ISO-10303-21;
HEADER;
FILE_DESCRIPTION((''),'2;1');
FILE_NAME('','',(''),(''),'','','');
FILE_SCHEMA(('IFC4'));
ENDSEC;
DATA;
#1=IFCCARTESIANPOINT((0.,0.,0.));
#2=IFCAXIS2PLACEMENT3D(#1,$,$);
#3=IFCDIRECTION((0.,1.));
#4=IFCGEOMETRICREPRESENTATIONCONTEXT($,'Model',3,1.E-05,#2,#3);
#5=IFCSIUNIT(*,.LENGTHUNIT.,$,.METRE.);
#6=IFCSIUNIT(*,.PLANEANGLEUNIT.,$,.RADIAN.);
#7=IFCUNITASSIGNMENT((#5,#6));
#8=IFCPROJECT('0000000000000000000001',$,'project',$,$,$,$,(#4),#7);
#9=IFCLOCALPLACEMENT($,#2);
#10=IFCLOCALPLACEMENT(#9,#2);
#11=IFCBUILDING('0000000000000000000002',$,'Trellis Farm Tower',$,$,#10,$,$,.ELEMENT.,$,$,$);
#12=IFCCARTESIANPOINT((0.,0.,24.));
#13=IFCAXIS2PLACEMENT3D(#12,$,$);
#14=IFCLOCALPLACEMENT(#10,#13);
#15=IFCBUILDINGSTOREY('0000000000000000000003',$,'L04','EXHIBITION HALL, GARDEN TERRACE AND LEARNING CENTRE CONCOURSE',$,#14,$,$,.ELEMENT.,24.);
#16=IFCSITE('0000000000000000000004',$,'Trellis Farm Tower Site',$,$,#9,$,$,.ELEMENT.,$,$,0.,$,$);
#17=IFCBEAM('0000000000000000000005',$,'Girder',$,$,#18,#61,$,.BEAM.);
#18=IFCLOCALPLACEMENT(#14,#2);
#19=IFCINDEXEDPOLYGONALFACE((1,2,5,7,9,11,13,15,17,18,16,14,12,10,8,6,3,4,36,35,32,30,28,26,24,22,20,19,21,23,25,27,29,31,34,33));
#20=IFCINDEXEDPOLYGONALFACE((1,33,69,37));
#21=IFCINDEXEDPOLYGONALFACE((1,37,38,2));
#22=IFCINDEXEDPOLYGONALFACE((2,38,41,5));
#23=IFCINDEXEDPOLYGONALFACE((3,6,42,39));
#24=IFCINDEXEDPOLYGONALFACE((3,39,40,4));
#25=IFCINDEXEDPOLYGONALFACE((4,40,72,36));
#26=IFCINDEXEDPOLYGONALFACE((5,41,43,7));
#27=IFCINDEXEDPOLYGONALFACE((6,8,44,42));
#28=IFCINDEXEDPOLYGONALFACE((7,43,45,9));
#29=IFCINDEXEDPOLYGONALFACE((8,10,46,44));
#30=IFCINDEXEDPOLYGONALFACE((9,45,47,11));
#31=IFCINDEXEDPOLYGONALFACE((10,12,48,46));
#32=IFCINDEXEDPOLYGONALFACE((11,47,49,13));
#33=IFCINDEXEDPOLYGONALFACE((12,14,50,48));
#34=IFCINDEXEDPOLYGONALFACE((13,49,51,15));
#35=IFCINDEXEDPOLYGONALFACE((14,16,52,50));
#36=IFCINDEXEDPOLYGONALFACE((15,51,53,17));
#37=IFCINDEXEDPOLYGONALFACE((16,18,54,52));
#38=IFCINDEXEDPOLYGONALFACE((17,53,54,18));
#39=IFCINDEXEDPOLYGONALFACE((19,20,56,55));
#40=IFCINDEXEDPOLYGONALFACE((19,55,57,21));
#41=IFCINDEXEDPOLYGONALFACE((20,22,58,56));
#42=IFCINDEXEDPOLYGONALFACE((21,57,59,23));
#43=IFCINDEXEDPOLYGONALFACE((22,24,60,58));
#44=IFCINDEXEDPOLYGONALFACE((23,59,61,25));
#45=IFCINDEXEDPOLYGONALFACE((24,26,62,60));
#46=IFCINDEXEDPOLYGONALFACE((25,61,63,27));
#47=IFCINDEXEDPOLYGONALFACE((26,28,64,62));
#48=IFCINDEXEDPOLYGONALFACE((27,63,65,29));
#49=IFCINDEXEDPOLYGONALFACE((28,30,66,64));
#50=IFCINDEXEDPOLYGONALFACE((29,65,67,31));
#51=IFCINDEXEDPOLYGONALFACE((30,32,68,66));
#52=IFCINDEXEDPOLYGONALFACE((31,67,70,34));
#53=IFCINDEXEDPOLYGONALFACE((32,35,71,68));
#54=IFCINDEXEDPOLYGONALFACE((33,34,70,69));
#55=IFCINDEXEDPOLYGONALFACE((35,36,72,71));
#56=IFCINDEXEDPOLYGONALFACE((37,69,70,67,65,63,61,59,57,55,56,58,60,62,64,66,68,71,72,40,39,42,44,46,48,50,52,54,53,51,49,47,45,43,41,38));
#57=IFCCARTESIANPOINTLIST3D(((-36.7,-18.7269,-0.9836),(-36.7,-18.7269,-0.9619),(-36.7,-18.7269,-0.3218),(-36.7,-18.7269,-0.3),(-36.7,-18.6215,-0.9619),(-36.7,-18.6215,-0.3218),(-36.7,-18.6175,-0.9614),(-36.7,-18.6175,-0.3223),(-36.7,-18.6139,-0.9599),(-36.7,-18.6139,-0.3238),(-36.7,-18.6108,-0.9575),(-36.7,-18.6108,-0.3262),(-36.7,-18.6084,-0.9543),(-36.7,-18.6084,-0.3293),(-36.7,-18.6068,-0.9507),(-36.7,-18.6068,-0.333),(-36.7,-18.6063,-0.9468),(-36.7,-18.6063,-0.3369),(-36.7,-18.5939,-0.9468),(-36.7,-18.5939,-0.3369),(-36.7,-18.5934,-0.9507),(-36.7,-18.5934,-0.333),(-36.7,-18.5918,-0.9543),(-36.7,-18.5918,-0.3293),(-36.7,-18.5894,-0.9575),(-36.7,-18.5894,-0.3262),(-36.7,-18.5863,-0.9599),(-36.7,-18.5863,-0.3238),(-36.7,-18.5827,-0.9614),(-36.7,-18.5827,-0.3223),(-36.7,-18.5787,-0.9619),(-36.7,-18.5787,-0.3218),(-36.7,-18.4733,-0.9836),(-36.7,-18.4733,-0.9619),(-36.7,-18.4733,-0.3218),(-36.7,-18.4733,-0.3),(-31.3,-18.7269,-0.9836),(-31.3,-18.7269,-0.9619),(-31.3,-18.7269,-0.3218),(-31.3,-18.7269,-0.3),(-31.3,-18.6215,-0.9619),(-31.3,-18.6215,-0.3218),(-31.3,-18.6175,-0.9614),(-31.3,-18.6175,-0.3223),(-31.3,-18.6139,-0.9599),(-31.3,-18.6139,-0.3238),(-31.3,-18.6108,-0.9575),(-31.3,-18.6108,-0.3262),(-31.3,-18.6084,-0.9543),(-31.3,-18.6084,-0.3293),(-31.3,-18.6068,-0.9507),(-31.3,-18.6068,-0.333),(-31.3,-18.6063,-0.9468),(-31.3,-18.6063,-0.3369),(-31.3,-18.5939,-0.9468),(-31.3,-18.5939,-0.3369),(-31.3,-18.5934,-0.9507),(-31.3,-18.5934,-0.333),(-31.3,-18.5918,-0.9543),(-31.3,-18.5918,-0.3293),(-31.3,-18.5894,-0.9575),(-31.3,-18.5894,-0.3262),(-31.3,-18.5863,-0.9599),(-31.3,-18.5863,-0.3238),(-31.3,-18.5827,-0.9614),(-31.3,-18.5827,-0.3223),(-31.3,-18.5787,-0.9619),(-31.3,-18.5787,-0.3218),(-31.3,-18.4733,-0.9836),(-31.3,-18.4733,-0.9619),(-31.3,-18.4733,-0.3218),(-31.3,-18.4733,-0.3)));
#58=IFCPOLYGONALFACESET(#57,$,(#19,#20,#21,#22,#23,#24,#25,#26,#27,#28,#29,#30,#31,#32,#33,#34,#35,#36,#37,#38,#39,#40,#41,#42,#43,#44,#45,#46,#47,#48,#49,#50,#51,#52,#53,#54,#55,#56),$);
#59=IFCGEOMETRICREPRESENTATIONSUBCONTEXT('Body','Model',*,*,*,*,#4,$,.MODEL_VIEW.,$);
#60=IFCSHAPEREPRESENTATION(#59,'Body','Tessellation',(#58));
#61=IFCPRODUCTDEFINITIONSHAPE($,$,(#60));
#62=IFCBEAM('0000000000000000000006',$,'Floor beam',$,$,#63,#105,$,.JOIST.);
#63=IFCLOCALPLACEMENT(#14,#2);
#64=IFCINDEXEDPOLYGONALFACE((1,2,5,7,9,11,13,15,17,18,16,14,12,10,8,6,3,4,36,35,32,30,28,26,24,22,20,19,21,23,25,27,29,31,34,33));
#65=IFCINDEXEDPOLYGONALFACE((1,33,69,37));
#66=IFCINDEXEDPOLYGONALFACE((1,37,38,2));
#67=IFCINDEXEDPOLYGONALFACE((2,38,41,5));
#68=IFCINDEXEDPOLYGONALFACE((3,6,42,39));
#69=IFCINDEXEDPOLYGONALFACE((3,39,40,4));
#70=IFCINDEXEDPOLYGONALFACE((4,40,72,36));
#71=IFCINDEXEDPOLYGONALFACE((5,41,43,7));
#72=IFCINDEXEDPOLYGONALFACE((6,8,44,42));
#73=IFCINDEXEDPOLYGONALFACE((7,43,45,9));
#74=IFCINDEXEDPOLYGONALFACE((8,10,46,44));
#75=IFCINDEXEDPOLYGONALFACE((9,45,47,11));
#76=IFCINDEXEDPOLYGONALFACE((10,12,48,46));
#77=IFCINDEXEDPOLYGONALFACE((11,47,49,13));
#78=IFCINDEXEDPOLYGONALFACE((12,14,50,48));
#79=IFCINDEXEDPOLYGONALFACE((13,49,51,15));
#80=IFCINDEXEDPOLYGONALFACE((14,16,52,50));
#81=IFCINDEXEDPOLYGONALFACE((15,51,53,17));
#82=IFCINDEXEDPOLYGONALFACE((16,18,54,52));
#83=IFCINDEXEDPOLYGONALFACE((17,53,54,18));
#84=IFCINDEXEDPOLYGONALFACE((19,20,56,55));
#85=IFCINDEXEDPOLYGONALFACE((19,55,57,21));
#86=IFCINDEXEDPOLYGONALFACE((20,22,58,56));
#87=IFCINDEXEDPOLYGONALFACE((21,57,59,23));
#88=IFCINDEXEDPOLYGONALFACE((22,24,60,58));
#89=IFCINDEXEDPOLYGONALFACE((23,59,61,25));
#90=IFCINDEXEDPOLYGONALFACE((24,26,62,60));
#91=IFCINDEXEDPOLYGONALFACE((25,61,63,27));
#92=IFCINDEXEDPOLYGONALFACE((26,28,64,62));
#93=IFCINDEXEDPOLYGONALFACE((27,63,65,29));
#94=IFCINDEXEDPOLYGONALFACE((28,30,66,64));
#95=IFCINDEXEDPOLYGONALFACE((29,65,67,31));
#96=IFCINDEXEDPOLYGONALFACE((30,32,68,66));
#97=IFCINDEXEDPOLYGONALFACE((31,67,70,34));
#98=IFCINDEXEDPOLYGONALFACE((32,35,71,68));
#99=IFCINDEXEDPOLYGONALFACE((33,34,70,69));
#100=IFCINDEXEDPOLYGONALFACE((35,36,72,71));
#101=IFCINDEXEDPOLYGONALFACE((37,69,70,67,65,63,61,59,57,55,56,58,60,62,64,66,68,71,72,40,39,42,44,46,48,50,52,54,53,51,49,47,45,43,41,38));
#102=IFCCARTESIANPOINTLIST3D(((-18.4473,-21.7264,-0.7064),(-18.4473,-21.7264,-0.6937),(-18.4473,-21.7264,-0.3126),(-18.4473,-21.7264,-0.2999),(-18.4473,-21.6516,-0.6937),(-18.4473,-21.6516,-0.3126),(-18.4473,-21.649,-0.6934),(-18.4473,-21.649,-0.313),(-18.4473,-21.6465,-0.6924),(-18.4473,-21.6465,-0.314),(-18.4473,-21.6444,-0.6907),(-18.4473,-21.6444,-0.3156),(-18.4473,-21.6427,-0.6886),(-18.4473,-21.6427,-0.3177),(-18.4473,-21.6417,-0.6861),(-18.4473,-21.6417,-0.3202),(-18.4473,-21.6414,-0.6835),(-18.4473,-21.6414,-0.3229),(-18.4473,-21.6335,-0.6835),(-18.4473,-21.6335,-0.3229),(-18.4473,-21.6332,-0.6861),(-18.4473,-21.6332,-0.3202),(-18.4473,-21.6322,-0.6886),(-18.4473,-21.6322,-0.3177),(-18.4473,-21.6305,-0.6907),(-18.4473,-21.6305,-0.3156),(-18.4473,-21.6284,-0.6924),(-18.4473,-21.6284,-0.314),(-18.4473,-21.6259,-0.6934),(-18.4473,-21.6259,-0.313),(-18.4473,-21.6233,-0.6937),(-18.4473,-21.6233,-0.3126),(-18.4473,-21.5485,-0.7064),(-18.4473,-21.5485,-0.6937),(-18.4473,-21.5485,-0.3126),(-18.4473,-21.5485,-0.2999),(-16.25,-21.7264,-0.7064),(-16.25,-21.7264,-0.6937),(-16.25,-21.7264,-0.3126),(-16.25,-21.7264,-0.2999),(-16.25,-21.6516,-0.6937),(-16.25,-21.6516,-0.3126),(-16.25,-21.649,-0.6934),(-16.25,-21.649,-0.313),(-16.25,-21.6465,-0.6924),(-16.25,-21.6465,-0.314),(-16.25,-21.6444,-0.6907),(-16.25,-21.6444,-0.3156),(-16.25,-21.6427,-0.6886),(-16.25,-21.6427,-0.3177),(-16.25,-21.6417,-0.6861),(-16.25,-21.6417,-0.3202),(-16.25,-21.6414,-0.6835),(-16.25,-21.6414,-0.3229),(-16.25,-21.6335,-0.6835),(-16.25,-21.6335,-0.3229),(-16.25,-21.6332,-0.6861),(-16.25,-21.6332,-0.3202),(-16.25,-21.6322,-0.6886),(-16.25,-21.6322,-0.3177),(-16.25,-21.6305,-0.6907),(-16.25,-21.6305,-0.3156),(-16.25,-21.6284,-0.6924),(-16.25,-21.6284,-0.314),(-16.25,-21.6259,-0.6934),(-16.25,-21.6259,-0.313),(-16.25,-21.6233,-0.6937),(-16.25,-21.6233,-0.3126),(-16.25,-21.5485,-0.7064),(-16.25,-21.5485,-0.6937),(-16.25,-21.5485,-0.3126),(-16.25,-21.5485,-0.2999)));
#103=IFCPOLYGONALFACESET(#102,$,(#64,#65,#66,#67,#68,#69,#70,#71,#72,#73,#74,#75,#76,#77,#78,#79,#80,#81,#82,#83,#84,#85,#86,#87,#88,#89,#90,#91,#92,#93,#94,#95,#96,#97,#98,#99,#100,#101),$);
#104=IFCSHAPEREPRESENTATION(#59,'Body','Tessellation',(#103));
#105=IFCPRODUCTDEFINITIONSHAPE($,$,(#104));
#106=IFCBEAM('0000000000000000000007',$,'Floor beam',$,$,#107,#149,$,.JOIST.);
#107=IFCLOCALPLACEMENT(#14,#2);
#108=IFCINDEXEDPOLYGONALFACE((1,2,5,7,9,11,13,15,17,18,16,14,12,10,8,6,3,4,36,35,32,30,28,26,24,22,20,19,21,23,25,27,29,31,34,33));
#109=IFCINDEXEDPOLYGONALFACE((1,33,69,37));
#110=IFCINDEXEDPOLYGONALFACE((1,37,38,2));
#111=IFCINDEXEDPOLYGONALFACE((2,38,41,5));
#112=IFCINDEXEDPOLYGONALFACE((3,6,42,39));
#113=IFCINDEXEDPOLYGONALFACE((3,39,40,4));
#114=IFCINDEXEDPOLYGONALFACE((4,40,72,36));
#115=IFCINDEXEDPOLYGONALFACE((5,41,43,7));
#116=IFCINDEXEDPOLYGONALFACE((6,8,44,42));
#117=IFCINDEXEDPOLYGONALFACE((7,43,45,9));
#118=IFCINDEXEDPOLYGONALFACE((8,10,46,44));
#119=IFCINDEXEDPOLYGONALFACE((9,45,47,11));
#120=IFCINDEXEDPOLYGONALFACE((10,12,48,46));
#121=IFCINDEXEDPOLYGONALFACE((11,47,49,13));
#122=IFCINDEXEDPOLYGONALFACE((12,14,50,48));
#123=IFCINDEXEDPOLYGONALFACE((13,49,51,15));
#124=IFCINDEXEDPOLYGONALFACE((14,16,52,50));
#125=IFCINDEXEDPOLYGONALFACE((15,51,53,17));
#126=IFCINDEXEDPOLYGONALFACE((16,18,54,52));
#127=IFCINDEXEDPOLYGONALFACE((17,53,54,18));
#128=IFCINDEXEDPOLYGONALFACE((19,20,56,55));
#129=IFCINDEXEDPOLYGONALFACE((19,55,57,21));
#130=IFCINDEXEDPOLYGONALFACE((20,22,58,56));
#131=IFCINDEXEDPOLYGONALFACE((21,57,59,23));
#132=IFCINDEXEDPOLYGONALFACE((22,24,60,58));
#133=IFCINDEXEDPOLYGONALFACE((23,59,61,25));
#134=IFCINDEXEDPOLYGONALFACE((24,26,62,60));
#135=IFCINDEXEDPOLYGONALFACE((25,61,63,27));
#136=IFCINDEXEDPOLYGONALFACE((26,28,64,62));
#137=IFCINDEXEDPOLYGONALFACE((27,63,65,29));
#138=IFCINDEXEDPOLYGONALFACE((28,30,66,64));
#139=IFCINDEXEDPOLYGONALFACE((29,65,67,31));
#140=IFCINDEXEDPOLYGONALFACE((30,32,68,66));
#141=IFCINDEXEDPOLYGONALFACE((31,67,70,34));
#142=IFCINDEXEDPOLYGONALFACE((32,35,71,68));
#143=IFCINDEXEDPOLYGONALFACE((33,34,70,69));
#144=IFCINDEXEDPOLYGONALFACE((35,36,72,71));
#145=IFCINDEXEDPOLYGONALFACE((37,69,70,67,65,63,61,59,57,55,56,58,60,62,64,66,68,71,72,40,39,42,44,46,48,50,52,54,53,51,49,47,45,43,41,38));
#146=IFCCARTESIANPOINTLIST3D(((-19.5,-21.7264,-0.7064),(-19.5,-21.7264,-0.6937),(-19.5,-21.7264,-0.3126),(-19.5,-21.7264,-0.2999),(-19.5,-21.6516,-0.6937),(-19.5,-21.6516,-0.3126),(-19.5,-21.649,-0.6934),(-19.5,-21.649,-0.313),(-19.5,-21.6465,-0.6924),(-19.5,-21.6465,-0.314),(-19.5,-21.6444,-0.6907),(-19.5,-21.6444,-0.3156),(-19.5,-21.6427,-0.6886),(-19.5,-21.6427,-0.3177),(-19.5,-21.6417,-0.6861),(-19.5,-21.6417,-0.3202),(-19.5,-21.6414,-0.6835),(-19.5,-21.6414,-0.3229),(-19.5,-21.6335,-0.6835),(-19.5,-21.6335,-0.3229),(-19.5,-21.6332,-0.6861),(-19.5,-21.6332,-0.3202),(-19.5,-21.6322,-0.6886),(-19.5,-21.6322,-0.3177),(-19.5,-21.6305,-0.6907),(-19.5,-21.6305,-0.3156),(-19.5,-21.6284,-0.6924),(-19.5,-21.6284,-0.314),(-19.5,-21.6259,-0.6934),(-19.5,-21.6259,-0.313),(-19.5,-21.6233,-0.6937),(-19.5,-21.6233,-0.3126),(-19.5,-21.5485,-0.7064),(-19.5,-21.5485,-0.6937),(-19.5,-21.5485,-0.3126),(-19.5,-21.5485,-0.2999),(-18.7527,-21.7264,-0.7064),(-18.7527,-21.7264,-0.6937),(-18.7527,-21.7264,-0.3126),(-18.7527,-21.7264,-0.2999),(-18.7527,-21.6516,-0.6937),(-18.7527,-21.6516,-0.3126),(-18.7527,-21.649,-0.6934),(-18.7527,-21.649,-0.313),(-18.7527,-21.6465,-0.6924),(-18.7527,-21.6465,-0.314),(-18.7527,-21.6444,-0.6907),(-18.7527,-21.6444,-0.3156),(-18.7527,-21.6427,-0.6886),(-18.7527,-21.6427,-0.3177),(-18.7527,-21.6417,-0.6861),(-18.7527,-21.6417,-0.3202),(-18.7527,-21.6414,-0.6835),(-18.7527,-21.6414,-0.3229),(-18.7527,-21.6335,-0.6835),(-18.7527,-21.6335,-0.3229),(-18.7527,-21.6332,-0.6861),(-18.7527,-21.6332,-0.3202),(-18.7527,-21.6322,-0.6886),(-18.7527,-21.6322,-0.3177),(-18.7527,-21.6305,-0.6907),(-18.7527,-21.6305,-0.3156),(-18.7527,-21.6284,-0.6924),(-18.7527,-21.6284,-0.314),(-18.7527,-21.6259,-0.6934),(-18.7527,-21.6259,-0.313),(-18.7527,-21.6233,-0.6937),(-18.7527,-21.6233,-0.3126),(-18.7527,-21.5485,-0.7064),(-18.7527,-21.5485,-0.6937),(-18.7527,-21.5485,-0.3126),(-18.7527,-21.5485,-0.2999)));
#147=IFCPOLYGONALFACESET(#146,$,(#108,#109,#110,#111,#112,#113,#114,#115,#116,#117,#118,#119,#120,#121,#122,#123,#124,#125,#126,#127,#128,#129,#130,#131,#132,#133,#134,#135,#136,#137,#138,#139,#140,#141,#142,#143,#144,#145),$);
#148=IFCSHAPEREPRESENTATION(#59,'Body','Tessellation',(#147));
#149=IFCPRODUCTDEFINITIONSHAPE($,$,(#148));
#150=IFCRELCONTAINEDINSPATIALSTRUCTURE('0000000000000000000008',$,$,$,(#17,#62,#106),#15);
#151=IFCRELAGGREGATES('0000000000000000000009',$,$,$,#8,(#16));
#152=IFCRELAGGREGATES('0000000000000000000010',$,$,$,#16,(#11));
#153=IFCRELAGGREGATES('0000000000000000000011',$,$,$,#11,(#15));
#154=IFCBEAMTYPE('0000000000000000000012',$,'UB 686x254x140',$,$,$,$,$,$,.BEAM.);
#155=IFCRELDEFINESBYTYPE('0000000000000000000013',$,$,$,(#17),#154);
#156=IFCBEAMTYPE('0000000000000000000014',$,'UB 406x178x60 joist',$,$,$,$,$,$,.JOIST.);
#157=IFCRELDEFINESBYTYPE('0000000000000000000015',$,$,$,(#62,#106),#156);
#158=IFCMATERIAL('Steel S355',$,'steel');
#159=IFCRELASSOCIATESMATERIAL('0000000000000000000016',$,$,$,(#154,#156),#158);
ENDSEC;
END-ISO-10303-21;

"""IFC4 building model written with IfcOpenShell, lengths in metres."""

from ifc_helpers import new_model, si_unit, direction, frame, origin, origin_2d, place, context, subcontext, project, spatial, i_section, extrude, source, transform, mapped, material, material_profile, profile_set, type_object, element, save


model = new_model("IFC4")

# Units and contexts
model_context = context("Model", 3, precision=1e-05, world=origin(), true_north=direction((0.0, 1.0)))
body_context = subcontext(model_context, "Body", "Model", "MODEL_VIEW")
ifc_project = project(units=[si_unit("LENGTHUNIT", "METRE"), si_unit("PLANEANGLEUNIT", "RADIAN")], contexts=[model_context])

# Site, building, storey
site_placement = place(None, origin())
site = spatial("IfcSite", under=ifc_project, at=site_placement, Name="Trellis Farm Tower Site", CompositionType="ELEMENT", RefElevation=0.0)
building_placement = place(site_placement, origin())
building = spatial("IfcBuilding", under=site, at=building_placement, Name="Trellis Farm Tower", CompositionType="ELEMENT")
storey_placement = place(building_placement, frame((0.0, 0.0, 24.0)))
storey = spatial("IfcBuildingStorey", under=building, at=storey_placement, Name="L04", Description="EXHIBITION HALL, GARDEN TERRACE AND LEARNING CENTRE CONCOURSE", CompositionType="ELEMENT", Elevation=24.0)

# Beams
ifc_material_1 = material(Name="Steel S355", Category="steel")
ifc_material_profile_1 = material_profile(ifc_material_1, i_section(OverallWidth=0.2537, OverallDepth=0.6836, WebThickness=0.0125, FlangeThickness=0.0217, FilletRadius=0.0151, at=origin_2d()), Name="UB 686x254x140")
ifc_profile_set_1 = profile_set([ifc_material_profile_1], Name="Steel S355")
beam_type_1 = type_object("IfcBeamType", Name="UB 686x254x140", PredefinedType="BEAM", material=ifc_profile_set_1)
shared_shape_1 = source(origin(), body_context, "Body", "SweptSolid", [
    extrude(i_section(OverallWidth=0.2537, OverallDepth=0.6836, WebThickness=0.0125, FlangeThickness=0.0217, FilletRadius=0.0151, at=origin_2d()), origin(), (0.0, 0.0, 1.0), 5.3999),
])
beam_1_placement = place(storey_placement, frame((-36.7, -18.6001, -0.6418), z_axis=(1.0, 0.0, 0.0), x_axis=(0.0, 1.0, 0.0)))
element("IfcBeam", 1, at=beam_1_placement, inside=storey, type_object=beam_type_1, Name="Girder", PredefinedType="BEAM", context=body_context, shape_type="MappedRepresentation", body=[
    mapped(shared_shape_1, transform((0.0, 0.0, 0.0))),
])
ifc_material_profile_2 = material_profile(ifc_material_1, i_section(OverallWidth=0.178, OverallDepth=0.4065, WebThickness=0.0078, FlangeThickness=0.0127, FilletRadius=0.0103, at=origin_2d()), Name="UB 406x178x60")
ifc_profile_set_2 = profile_set([ifc_material_profile_2], Name="Steel S355")
beam_type_2 = type_object("IfcBeamType", Name="UB 406x178x60 joist", PredefinedType="JOIST", material=ifc_profile_set_2)
shared_shape_2 = source(origin(), body_context, "Body", "SweptSolid", [
    extrude(i_section(OverallWidth=0.178, OverallDepth=0.4065, WebThickness=0.0078, FlangeThickness=0.0127, FilletRadius=0.0103, at=origin_2d()), origin(), (0.0, 0.0, 1.0), 2.1973),
])
beam_2_placement = place(storey_placement, frame((-18.4473, -21.6375, -0.5032), z_axis=(1.0, 0.0, 0.0), x_axis=(0.0, 1.0, 0.0)))
element("IfcBeam", 2, at=beam_2_placement, inside=storey, type_object=beam_type_2, Name="Floor beam", PredefinedType="JOIST", context=body_context, shape_type="MappedRepresentation", body=[
    mapped(shared_shape_2, transform((0.0, 0.0, 0.0))),
])
shared_shape_3 = source(origin(), body_context, "Body", "SweptSolid", [
    extrude(i_section(OverallWidth=0.178, OverallDepth=0.4065, WebThickness=0.0078, FlangeThickness=0.0127, FilletRadius=0.0103, at=origin_2d()), origin(), (0.0, 0.0, 1.0), 0.7473),
])
beam_3_placement = place(storey_placement, frame((-19.5, -21.6375, -0.5032), z_axis=(1.0, 0.0, 0.0), x_axis=(0.0, 1.0, 0.0)))
element("IfcBeam", 3, at=beam_3_placement, inside=storey, type_object=beam_type_2, Name="Floor beam", PredefinedType="JOIST", context=body_context, shape_type="MappedRepresentation", body=[
    mapped(shared_shape_3, transform((0.0, 0.0, 0.0))),
])

save(model, "model.ifc")
